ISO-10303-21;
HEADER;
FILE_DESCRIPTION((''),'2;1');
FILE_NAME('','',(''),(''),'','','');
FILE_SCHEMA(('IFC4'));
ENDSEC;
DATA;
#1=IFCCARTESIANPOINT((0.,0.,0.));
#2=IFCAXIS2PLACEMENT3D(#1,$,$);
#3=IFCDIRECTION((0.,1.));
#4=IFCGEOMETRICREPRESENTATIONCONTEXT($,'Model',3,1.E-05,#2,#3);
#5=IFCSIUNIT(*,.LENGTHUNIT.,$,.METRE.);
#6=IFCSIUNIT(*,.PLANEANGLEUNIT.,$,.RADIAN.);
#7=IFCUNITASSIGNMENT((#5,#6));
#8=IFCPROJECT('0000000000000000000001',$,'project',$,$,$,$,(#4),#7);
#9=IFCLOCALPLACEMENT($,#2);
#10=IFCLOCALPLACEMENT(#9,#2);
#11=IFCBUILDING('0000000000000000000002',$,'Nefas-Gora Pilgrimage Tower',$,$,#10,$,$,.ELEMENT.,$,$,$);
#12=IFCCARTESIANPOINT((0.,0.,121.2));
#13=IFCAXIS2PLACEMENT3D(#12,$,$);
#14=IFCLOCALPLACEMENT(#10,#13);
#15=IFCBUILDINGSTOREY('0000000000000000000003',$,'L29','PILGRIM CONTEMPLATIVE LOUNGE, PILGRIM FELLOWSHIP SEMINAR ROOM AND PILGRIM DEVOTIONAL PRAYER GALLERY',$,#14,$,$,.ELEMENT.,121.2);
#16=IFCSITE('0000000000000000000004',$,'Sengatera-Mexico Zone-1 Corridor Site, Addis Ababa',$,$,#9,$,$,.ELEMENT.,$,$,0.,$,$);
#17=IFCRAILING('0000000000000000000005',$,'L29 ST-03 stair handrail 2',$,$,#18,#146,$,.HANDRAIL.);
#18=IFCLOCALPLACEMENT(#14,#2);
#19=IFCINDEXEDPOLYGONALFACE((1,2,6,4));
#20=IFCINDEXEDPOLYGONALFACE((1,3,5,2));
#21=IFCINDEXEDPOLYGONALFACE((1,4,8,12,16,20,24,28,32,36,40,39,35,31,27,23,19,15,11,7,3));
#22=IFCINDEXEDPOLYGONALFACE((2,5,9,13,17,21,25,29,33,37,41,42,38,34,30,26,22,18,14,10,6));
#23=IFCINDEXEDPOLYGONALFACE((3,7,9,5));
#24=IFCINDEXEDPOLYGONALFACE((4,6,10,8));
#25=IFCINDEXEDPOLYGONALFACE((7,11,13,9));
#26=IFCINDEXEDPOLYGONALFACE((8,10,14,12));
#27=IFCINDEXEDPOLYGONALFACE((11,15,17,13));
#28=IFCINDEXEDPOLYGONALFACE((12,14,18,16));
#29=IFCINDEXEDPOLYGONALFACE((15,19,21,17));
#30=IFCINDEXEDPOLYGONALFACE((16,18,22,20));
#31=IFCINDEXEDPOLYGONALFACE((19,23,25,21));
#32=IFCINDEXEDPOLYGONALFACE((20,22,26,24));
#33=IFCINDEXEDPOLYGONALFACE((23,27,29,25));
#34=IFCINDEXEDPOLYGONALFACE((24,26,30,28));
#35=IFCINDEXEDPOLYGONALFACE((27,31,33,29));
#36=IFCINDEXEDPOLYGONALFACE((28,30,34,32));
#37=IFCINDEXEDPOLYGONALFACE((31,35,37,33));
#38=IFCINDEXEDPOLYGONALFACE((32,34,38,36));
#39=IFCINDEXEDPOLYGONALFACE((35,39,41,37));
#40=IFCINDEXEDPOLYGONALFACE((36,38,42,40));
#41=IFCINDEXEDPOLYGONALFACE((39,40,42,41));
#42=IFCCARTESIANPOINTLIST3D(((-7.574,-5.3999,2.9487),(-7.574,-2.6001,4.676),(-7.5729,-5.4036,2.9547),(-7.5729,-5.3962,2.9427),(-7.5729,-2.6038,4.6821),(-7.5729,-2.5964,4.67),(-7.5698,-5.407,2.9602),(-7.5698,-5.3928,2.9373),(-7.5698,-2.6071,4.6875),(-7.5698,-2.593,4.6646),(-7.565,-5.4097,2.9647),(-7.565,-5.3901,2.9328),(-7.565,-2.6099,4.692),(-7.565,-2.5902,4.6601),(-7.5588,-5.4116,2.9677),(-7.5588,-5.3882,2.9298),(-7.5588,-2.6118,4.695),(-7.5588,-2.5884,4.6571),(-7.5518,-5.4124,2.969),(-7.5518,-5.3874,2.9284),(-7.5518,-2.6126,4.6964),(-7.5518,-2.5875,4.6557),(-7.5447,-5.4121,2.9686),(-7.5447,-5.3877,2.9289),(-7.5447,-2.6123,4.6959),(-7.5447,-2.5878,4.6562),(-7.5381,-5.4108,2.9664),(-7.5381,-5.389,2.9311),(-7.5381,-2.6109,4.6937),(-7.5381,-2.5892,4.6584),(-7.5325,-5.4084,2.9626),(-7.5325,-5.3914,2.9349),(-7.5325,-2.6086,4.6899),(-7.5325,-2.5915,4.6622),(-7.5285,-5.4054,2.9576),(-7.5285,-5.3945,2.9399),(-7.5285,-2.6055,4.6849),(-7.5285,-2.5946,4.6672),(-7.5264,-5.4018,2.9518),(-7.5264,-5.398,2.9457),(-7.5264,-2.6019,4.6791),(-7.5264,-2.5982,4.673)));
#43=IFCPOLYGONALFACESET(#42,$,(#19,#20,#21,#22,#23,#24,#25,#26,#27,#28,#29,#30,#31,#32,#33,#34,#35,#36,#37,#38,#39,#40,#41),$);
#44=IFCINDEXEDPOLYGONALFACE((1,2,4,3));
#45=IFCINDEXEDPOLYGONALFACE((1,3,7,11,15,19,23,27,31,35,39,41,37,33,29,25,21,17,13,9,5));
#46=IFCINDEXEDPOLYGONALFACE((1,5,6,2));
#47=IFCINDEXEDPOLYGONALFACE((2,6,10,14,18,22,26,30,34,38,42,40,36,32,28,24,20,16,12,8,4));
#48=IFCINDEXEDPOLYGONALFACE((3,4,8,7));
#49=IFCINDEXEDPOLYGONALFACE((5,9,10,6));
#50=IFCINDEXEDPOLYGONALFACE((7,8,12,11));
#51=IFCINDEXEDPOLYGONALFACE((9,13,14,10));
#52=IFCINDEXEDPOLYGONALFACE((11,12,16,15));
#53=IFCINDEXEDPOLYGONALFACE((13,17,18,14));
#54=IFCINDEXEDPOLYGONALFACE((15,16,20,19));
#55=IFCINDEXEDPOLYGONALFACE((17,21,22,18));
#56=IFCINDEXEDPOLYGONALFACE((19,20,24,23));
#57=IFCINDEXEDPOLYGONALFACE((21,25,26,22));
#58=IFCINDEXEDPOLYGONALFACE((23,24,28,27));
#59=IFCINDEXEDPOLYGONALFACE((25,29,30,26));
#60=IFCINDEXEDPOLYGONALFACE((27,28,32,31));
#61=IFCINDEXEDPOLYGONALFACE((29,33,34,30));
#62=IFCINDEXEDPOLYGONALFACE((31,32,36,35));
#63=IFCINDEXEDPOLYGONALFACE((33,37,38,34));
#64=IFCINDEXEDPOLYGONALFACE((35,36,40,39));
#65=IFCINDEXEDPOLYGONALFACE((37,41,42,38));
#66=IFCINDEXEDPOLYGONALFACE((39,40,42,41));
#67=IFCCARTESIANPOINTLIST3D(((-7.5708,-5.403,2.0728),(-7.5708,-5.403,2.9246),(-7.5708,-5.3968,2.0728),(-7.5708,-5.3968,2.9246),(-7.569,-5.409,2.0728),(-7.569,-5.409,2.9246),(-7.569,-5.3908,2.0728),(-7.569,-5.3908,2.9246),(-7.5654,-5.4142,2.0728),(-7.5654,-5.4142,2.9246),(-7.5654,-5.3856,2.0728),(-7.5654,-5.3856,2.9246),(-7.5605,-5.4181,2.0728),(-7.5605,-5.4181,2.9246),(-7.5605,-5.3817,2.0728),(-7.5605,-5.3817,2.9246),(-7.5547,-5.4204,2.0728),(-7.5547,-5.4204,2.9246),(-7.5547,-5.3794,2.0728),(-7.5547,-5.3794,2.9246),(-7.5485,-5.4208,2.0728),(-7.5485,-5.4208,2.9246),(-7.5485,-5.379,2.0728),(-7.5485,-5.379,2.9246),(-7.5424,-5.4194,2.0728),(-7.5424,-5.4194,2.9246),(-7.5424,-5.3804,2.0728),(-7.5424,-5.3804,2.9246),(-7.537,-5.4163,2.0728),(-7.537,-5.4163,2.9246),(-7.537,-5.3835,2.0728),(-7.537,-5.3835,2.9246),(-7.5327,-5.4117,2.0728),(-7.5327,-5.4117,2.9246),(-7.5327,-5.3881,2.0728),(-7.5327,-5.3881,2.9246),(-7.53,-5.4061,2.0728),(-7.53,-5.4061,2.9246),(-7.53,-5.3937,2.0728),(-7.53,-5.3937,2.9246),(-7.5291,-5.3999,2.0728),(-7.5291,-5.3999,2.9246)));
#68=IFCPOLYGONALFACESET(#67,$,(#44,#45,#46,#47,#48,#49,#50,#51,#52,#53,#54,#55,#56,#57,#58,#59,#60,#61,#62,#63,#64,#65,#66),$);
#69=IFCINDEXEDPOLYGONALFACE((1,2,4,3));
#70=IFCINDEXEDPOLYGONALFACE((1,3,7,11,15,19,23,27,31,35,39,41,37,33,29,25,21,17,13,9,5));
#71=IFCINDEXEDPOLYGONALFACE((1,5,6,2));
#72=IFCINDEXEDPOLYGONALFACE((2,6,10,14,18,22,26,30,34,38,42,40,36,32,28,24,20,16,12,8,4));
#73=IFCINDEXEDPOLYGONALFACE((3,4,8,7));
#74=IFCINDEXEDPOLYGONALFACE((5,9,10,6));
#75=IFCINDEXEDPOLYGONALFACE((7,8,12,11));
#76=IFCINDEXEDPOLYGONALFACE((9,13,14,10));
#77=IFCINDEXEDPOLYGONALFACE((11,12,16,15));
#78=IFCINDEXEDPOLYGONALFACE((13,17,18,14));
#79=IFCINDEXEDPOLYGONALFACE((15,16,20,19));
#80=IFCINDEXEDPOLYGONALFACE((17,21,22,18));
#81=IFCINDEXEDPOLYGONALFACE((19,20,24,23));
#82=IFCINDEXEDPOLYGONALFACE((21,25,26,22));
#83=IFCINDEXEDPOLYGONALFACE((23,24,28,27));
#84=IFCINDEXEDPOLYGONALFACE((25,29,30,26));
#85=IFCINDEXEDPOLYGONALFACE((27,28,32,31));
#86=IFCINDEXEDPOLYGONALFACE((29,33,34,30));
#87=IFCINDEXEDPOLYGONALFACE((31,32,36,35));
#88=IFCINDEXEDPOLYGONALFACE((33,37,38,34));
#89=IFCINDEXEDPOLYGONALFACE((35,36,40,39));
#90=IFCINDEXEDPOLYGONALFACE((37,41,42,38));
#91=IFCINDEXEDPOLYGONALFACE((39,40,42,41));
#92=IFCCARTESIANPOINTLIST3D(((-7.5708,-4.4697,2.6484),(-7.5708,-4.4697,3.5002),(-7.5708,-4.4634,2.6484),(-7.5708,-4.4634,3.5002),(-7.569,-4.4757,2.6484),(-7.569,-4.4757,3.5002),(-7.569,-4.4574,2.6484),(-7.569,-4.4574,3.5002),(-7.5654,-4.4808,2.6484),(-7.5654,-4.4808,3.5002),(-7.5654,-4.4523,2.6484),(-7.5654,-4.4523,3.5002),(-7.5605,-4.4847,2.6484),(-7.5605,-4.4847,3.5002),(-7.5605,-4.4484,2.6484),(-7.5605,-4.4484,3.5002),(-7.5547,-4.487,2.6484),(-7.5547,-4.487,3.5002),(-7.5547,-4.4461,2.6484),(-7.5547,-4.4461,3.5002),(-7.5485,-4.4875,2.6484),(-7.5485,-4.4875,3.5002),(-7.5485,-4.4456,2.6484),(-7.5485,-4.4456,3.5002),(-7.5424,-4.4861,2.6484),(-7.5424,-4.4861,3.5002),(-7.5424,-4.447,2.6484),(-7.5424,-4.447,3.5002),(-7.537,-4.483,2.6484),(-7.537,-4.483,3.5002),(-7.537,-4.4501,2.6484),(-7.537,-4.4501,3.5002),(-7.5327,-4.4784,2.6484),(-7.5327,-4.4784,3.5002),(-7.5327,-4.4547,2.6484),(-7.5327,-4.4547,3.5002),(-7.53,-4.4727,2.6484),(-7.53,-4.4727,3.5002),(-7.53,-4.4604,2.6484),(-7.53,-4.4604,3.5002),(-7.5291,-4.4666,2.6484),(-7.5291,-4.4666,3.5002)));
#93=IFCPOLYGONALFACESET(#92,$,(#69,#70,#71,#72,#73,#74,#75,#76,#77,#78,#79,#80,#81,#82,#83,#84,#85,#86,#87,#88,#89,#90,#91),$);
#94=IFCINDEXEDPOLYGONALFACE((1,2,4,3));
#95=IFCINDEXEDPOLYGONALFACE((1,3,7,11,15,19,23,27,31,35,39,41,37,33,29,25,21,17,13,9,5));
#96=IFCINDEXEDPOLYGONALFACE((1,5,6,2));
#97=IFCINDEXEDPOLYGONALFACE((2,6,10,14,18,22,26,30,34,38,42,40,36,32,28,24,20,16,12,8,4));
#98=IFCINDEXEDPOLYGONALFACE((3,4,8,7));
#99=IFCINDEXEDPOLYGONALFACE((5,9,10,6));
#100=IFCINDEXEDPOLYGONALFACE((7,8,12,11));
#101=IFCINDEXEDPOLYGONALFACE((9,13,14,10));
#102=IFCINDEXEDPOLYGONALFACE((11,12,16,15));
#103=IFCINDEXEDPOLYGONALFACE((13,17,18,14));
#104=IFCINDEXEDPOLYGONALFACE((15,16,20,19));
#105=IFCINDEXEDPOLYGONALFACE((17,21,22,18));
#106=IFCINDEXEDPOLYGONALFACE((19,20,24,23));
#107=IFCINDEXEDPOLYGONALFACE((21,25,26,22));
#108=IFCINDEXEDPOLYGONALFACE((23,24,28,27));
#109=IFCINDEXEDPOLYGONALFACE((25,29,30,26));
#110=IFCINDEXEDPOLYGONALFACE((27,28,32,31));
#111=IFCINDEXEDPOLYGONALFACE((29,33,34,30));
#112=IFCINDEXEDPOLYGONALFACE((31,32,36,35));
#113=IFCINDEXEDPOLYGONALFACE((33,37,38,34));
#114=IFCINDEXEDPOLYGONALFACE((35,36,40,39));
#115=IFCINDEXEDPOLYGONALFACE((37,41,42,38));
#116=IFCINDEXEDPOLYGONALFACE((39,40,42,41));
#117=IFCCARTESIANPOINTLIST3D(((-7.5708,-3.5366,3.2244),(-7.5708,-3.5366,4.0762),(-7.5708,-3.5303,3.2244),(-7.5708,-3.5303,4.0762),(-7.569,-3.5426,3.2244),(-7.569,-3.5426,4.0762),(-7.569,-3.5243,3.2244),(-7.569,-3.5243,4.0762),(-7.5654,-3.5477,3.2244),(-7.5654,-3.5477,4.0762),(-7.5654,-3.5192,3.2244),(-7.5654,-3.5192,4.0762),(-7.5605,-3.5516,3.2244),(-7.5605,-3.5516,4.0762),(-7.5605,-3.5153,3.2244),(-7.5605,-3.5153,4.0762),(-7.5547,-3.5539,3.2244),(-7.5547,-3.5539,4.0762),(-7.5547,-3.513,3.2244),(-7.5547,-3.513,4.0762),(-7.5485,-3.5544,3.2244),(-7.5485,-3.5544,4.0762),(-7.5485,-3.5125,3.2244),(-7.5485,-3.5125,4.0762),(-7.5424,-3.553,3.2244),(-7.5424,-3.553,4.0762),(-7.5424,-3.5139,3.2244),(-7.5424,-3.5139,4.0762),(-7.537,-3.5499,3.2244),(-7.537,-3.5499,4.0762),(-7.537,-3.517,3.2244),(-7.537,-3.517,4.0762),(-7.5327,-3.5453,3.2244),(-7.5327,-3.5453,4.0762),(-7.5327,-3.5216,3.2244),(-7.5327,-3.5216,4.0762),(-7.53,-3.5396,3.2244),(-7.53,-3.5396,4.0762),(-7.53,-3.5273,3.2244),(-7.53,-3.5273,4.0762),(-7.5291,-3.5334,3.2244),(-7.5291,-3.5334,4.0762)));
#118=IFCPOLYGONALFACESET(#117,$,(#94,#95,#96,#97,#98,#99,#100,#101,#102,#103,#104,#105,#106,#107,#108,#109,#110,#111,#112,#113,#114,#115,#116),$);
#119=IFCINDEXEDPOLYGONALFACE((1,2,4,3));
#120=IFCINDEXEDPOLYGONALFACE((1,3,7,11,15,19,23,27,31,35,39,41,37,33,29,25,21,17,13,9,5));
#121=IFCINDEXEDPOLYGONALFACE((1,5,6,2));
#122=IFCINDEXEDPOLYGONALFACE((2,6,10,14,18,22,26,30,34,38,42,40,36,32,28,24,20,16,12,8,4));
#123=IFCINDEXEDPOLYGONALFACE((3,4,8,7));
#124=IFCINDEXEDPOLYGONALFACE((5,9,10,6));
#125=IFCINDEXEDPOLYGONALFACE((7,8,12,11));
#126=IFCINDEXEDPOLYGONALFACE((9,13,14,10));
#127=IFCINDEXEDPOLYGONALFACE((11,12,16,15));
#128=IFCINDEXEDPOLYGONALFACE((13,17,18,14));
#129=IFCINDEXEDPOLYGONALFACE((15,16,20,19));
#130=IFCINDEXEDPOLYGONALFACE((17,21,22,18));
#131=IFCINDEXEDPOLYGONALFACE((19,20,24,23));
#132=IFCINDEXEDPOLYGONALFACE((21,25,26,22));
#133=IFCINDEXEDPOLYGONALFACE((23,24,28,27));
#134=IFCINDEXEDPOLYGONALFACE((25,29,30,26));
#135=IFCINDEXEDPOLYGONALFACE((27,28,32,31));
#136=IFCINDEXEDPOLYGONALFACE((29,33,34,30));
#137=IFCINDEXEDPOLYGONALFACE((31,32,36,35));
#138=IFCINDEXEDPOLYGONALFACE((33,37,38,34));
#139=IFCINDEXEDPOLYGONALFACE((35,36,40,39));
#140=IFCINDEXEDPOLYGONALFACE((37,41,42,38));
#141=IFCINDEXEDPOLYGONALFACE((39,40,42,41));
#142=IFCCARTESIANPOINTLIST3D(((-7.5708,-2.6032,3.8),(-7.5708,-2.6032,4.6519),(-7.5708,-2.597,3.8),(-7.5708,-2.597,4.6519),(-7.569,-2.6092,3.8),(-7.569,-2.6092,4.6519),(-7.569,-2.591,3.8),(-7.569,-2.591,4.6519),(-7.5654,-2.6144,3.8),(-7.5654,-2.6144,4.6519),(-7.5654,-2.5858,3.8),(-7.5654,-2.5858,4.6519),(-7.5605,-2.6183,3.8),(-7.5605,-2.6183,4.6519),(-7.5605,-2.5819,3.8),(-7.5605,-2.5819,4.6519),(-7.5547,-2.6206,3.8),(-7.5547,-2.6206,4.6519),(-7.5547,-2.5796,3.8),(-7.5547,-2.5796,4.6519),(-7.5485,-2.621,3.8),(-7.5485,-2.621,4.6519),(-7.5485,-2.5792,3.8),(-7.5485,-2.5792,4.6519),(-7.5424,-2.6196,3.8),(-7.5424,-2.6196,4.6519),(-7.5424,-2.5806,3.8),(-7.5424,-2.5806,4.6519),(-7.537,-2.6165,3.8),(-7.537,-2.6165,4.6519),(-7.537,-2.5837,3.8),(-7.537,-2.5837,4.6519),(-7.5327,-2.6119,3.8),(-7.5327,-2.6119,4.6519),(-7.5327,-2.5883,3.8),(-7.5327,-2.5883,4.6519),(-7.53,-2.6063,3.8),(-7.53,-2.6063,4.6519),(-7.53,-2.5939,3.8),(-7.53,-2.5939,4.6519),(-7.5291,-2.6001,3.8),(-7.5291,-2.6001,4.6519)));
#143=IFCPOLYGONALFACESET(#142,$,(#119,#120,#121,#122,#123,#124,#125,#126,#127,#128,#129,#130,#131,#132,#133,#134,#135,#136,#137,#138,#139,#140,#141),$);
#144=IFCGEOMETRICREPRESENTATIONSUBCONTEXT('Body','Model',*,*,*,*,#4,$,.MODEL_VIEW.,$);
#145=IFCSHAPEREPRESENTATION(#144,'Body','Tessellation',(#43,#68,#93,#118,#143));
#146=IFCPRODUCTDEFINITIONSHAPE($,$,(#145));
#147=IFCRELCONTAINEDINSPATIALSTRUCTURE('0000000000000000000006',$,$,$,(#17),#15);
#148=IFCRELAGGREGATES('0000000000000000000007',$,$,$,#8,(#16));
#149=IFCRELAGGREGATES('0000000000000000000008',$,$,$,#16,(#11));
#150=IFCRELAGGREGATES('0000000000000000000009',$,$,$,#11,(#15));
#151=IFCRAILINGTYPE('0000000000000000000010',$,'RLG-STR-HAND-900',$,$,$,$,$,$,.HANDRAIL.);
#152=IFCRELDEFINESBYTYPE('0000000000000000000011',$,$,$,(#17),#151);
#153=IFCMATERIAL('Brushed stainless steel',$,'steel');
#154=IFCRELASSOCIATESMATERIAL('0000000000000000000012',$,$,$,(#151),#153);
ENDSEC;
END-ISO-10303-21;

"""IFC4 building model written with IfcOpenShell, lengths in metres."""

from ifc_helpers import new_model, si_unit, direction, frame, origin, origin_2d, place, context, subcontext, project, spatial, circle, extrude, material, type_object, element, save


model = new_model("IFC4")

# Units and contexts
model_context = context("Model", 3, precision=1e-05, world=origin(), true_north=direction((0.0, 1.0)))
body_context = subcontext(model_context, "Body", "Model", "MODEL_VIEW")
ifc_project = project(units=[si_unit("LENGTHUNIT", "METRE"), si_unit("PLANEANGLEUNIT", "RADIAN")], contexts=[model_context])

# Site, building, storey
site_placement = place(None, origin())
site = spatial("IfcSite", under=ifc_project, at=site_placement, Name="Sengatera-Mexico Zone-1 Corridor Site, Addis Ababa", CompositionType="ELEMENT", RefElevation=0.0)
building_placement = place(site_placement, origin())
building = spatial("IfcBuilding", under=site, at=building_placement, Name="Nefas-Gora Pilgrimage Tower", CompositionType="ELEMENT")
storey_placement = place(building_placement, frame((0.0, 0.0, 121.2)))
storey = spatial("IfcBuildingStorey", under=building, at=storey_placement, Name="L29", Description="PILGRIM CONTEMPLATIVE LOUNGE, PILGRIM FELLOWSHIP SEMINAR ROOM AND PILGRIM DEVOTIONAL PRAYER GALLERY", CompositionType="ELEMENT", Elevation=121.2)

# Railing
ifc_material_1 = material(Name="Brushed stainless steel", Category="steel")
railing_type_1 = type_object("IfcRailingType", Name="RLG-STR-HAND-900", PredefinedType="HANDRAIL", material=ifc_material_1)
railing_1_placement = place(storey_placement, frame((-7.55, -5.3999, 2.0728)))
element("IfcRailing", 1, at=railing_1_placement, inside=storey, type_object=railing_type_1, Name="L29 ST-03 stair handrail 2", PredefinedType="HANDRAIL", context=body_context, shape_type="SweptSolid", body=[
    extrude(circle(Radius=0.0239, at=origin_2d()), frame((0.0, 0.0, 0.876), z_axis=(0.0, 0.851069, 0.525054), x_axis=(-1.0, 0.0, 0.0)), (0.0, 0.0, 1.0), 3.2898),
    extrude(circle(Radius=0.021, at=origin_2d()), origin(), (0.0, 0.0, 1.0), 0.8518),
    extrude(circle(Radius=0.021, at=origin_2d()), frame((0.0, 0.9333, 0.5757)), (0.0, 0.0, 1.0), 0.8518),
    extrude(circle(Radius=0.021, at=origin_2d()), frame((0.0, 1.8665, 1.1516)), (0.0, 0.0, 1.0), 0.8518),
    extrude(circle(Radius=0.021, at=origin_2d()), frame((0.0, 2.7998, 1.7273)), (0.0, 0.0, 1.0), 0.8518),
])

save(model, "model.ifc")
